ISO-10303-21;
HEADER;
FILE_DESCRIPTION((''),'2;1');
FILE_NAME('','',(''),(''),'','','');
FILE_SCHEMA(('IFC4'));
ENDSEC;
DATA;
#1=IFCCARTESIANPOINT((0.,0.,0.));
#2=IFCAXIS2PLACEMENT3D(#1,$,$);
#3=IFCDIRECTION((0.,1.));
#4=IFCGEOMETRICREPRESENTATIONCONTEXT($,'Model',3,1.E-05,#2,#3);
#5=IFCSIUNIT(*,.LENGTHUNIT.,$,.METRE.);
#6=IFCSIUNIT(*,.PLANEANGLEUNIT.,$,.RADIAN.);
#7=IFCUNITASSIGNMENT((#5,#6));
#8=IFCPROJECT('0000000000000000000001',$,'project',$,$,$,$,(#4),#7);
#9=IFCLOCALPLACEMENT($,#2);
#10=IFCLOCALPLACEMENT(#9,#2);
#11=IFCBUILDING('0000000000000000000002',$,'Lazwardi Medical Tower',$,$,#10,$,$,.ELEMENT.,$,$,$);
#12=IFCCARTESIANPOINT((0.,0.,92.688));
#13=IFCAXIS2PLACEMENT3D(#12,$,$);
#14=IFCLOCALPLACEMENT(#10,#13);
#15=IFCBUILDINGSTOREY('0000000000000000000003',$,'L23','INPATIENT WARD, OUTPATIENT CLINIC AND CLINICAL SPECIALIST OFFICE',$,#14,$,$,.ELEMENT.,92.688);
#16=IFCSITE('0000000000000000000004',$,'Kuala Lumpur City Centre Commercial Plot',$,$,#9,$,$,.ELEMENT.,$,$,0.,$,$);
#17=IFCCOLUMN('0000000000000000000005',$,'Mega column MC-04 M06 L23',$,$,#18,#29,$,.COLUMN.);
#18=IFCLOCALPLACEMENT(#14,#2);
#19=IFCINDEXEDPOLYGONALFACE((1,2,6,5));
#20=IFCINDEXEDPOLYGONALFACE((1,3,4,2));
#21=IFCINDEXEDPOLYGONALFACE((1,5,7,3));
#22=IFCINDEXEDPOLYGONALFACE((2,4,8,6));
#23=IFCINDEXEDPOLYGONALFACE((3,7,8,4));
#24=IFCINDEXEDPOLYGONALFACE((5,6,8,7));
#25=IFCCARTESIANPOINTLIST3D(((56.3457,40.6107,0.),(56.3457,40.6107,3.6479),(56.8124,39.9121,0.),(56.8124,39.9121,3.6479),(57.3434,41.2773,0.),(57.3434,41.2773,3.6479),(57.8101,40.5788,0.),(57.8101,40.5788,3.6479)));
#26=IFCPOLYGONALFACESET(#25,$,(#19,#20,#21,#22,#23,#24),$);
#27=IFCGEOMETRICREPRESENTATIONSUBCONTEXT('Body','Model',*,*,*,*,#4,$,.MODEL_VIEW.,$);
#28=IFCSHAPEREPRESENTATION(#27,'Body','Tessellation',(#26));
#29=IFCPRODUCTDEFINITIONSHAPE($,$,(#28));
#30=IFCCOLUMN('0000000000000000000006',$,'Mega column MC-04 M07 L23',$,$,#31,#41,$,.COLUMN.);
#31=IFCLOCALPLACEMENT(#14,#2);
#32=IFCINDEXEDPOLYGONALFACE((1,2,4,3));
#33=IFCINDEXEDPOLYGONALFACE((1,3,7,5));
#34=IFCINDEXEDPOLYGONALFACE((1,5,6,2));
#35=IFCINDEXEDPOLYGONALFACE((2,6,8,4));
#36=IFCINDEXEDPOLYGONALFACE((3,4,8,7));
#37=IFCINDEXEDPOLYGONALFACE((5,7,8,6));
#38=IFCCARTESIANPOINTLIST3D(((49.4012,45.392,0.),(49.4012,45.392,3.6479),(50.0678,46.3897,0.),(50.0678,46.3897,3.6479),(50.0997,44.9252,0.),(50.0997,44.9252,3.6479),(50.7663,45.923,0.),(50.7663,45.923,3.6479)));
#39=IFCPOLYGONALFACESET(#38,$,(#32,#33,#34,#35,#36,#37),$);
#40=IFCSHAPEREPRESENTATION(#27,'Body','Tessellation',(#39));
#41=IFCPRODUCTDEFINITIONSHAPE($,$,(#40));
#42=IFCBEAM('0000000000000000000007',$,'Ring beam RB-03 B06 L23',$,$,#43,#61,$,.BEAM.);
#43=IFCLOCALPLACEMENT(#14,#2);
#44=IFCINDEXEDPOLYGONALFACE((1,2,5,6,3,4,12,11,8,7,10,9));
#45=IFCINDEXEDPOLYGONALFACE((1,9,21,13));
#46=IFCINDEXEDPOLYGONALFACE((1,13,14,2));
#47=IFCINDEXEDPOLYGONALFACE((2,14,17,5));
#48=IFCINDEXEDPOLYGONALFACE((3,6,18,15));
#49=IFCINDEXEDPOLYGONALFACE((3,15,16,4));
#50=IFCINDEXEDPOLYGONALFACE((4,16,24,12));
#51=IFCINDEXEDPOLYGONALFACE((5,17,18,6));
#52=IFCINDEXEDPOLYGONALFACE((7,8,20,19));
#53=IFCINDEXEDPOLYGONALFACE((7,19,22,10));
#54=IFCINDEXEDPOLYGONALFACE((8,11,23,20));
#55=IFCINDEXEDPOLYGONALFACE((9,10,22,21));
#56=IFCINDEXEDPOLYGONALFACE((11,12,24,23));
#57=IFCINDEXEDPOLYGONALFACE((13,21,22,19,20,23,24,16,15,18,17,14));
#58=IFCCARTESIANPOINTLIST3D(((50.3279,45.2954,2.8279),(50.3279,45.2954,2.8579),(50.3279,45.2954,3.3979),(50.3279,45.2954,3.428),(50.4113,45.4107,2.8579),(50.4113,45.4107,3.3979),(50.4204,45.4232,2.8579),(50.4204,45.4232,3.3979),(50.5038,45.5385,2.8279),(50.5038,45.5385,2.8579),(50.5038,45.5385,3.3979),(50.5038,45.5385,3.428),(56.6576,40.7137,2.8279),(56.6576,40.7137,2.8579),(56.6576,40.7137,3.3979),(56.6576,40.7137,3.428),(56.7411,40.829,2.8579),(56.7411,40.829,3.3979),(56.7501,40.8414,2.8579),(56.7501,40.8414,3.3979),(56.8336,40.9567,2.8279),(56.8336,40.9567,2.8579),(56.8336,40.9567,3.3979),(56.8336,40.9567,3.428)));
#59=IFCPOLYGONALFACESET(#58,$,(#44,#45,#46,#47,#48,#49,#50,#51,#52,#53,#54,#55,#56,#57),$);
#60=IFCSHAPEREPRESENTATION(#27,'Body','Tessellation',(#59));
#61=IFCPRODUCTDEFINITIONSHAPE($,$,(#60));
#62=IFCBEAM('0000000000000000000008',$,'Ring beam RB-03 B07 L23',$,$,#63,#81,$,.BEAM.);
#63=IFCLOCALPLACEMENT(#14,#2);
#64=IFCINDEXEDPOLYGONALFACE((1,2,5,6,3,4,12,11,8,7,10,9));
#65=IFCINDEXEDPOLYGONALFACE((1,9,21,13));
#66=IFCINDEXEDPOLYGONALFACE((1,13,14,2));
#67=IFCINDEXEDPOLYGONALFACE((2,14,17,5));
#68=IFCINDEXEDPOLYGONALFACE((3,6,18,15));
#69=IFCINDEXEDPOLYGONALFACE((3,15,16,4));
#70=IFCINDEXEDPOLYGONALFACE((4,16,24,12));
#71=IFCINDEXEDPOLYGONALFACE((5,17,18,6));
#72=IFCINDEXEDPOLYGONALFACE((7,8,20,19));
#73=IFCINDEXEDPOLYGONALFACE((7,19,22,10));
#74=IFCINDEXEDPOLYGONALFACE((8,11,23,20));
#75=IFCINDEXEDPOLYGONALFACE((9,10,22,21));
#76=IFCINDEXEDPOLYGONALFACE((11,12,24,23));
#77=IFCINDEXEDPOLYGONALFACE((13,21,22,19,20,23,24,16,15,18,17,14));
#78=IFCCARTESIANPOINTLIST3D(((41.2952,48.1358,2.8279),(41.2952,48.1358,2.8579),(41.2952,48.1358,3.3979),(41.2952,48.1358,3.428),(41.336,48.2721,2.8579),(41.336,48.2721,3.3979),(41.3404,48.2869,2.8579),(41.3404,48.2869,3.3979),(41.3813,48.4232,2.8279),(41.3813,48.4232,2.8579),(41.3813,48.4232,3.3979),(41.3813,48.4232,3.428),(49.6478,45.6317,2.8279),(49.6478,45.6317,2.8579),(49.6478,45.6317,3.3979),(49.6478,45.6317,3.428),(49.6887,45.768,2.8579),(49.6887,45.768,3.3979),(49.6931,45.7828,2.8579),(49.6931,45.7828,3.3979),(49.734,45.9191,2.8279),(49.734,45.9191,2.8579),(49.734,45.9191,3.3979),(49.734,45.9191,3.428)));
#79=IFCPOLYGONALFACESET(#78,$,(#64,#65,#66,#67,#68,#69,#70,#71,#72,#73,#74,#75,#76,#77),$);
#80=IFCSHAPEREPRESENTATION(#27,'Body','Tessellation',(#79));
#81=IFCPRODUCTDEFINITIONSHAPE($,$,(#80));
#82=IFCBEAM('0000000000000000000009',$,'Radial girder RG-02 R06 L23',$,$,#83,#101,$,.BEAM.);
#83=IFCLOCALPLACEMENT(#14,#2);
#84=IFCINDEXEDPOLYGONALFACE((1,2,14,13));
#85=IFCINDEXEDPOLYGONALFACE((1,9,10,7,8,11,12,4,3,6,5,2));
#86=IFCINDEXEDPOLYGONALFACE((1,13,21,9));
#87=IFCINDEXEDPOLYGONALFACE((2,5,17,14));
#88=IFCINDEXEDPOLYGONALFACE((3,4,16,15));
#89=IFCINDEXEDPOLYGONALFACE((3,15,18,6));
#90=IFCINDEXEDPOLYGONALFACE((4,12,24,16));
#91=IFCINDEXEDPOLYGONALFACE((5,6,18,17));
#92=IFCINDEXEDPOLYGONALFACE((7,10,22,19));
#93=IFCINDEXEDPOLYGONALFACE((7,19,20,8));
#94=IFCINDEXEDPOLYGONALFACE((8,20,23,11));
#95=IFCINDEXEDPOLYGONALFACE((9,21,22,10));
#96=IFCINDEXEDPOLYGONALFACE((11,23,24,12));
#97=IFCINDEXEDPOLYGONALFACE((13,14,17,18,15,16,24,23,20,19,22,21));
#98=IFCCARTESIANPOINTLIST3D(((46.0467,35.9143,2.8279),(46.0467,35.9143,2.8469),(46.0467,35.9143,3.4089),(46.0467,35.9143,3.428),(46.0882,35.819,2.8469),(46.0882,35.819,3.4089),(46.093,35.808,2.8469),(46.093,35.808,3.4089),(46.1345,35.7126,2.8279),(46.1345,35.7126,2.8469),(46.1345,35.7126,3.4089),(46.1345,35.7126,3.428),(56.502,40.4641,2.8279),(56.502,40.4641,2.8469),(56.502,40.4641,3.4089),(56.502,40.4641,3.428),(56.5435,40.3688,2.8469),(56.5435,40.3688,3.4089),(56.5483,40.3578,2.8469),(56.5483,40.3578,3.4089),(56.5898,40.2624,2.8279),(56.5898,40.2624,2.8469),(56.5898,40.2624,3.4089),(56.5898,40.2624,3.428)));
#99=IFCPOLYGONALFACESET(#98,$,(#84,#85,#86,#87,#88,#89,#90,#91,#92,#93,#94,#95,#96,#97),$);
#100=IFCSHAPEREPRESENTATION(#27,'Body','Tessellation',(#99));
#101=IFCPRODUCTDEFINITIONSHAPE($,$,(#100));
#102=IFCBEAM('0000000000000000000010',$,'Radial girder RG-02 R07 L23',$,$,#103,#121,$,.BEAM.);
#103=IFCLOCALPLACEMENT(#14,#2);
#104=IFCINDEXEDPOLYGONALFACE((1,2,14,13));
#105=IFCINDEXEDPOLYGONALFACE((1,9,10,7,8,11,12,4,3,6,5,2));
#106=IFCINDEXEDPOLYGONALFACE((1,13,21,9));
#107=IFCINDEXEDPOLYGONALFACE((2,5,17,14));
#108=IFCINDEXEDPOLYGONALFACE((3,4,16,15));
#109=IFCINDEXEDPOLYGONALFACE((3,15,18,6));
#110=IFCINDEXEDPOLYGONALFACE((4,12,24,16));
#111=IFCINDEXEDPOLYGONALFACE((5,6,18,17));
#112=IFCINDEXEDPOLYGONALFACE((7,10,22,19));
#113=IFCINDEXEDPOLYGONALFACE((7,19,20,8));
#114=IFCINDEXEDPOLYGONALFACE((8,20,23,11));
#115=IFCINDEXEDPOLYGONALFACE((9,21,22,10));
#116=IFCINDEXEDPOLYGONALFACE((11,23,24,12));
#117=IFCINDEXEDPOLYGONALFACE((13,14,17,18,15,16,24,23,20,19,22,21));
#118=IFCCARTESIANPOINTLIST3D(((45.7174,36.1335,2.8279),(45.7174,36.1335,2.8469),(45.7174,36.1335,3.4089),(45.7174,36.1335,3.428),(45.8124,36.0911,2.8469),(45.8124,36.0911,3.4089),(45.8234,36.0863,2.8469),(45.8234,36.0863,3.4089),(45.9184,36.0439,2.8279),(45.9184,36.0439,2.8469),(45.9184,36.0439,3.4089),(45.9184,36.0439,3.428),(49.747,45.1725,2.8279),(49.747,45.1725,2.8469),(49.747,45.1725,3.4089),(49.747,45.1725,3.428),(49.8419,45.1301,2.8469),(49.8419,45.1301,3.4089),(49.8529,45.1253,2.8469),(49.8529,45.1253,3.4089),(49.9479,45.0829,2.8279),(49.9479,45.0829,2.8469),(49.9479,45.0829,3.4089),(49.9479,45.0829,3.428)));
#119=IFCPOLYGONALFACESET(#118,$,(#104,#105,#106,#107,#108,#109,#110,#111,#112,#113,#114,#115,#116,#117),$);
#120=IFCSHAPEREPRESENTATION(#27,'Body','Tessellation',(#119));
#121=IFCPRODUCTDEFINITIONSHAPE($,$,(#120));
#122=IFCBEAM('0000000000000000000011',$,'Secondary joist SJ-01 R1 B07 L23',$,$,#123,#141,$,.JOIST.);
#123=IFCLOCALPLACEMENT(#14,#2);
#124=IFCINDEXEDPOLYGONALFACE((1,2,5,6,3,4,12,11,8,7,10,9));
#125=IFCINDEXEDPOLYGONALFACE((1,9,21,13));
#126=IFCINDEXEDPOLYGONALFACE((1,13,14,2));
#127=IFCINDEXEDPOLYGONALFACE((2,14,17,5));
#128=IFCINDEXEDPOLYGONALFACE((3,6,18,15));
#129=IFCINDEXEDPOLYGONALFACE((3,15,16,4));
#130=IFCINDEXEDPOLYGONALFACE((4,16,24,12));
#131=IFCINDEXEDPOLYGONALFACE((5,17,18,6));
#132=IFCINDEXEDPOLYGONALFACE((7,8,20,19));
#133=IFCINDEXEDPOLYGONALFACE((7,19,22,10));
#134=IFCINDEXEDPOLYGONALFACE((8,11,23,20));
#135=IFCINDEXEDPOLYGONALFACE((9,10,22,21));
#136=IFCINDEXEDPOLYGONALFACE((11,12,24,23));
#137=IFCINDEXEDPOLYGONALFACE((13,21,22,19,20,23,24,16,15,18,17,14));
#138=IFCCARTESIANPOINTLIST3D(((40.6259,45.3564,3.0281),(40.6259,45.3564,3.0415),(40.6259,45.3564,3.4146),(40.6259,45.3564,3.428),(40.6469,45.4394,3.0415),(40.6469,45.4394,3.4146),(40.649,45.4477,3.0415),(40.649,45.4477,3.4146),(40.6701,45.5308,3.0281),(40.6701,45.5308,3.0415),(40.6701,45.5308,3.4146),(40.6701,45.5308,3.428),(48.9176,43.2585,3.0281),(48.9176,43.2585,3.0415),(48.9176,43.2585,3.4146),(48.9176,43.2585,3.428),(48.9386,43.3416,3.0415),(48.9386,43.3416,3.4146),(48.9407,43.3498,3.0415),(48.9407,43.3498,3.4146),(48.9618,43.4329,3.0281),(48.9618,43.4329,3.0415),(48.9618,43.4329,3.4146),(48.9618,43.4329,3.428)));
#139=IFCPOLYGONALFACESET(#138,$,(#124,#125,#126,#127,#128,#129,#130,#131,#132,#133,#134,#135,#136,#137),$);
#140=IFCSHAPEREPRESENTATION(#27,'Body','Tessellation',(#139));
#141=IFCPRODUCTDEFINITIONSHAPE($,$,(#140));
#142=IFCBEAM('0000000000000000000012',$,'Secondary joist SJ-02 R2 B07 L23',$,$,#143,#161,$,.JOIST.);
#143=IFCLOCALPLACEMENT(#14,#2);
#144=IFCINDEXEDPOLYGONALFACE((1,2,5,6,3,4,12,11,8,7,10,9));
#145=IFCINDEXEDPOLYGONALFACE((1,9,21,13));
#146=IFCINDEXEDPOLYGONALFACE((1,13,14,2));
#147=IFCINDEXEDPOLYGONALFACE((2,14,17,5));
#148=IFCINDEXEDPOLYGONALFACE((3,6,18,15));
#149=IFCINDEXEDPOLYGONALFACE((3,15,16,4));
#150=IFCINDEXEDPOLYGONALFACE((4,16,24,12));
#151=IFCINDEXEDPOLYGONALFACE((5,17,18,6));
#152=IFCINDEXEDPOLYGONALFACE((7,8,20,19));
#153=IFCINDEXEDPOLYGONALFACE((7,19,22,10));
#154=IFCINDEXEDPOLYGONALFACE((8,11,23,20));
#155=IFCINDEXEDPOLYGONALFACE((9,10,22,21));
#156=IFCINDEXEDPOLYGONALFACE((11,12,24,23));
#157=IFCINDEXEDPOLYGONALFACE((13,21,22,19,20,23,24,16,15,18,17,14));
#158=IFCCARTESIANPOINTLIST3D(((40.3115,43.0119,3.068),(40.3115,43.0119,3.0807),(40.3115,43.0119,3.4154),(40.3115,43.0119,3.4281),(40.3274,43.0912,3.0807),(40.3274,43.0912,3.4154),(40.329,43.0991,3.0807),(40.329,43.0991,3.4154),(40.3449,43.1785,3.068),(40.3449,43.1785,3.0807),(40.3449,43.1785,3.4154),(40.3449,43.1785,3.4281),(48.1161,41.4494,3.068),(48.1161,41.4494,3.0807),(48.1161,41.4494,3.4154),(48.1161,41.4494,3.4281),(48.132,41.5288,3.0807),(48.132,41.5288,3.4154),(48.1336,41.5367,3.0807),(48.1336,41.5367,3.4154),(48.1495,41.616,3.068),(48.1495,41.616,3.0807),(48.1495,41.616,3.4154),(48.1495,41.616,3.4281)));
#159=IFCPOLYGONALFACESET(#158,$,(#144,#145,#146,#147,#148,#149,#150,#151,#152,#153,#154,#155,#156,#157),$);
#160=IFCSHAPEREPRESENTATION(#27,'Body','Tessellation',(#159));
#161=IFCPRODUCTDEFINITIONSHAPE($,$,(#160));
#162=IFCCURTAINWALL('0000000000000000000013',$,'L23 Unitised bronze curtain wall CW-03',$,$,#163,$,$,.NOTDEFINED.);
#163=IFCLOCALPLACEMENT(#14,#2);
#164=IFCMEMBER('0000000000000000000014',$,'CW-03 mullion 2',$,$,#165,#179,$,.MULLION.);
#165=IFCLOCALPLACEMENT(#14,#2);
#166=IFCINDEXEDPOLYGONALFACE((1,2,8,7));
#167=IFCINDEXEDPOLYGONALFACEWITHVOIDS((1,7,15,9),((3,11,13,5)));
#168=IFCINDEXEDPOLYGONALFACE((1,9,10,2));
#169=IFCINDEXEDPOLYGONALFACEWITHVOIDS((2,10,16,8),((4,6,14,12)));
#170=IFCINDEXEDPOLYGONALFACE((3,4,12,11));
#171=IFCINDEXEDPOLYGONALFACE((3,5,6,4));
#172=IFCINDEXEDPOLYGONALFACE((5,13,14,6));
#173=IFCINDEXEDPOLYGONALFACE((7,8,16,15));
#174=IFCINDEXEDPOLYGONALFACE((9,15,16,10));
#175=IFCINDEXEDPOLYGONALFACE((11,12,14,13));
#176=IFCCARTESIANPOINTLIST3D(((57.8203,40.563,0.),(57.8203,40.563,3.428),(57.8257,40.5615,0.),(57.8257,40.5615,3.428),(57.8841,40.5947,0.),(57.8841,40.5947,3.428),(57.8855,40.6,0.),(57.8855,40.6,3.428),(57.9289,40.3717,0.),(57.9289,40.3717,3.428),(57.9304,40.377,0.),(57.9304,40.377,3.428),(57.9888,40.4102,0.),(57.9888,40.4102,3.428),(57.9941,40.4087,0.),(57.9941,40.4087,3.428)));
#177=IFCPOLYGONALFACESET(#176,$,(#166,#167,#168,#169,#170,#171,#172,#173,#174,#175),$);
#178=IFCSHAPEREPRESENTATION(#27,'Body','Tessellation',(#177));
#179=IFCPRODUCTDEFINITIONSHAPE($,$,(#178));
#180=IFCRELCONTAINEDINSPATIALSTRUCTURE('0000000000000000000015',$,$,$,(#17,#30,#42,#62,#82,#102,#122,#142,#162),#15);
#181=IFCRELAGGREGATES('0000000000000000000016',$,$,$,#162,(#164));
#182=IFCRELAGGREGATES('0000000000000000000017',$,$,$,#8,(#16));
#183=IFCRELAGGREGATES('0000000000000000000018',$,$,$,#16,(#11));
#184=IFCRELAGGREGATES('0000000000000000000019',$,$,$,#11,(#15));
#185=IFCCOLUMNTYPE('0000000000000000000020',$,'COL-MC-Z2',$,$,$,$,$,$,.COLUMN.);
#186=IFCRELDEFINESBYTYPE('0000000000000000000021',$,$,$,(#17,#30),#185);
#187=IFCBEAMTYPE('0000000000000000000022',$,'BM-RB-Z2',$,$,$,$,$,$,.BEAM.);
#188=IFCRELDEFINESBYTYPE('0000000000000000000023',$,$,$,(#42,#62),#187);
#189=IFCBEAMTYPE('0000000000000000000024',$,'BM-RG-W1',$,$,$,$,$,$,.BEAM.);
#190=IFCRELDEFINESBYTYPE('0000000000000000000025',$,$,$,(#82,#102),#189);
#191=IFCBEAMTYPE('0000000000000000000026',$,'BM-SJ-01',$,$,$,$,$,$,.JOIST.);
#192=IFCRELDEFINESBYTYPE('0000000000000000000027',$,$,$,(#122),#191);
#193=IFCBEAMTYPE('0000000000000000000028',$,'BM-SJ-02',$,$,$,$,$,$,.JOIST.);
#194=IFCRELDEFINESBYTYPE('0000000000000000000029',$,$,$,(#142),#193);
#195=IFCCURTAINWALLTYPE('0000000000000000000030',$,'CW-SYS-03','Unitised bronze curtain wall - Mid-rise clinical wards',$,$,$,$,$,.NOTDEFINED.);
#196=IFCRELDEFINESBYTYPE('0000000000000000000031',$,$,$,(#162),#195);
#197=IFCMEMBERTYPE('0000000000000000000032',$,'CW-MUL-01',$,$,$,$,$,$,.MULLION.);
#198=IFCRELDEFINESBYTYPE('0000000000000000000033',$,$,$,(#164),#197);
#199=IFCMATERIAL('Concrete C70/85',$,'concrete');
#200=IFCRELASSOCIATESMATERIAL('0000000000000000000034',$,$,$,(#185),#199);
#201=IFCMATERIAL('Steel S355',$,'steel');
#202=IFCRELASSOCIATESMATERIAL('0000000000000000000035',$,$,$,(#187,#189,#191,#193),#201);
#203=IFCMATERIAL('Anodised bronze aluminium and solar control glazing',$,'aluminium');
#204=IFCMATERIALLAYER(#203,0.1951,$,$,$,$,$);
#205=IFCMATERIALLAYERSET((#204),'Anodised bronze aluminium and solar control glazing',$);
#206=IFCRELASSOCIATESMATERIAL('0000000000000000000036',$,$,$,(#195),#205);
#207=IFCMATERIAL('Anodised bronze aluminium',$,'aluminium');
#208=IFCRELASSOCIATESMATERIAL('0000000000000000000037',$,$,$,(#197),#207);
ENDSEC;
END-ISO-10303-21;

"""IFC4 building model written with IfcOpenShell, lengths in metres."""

from ifc_helpers import new_model, si_unit, direction, frame, origin, origin_2d, place, context, subcontext, project, spatial, rectangle, hollow_rectangle, i_section, extrude, material, layer, layer_set, material_profile, profile_set, type_object, element, aggregate, save


model = new_model("IFC4")

# Units and contexts
model_context = context("Model", 3, precision=1e-05, world=origin(), true_north=direction((0.0, 1.0)))
body_context = subcontext(model_context, "Body", "Model", "MODEL_VIEW")
ifc_project = project(units=[si_unit("LENGTHUNIT", "METRE"), si_unit("PLANEANGLEUNIT", "RADIAN")], contexts=[model_context])

# Site, building, storey
site_placement = place(None, origin())
site = spatial("IfcSite", under=ifc_project, at=site_placement, Name="Kuala Lumpur City Centre Commercial Plot", CompositionType="ELEMENT", RefElevation=0.0)
building_placement = place(site_placement, origin())
building = spatial("IfcBuilding", under=site, at=building_placement, Name="Lazwardi Medical Tower", CompositionType="ELEMENT")
storey_placement = place(building_placement, frame((0.0, 0.0, 92.688)))
storey = spatial("IfcBuildingStorey", under=building, at=storey_placement, Name="L23", Description="INPATIENT WARD, OUTPATIENT CLINIC AND CLINICAL SPECIALIST OFFICE", CompositionType="ELEMENT", Elevation=92.688)

# Columns
ifc_material_1 = material(Name="Concrete C70/85", Category="concrete")
ifc_material_profile_1 = material_profile(ifc_material_1, rectangle(XDim=1.2, YDim=0.8401, at=origin_2d()), Name="CFT-RECT 1200x840")
ifc_profile_set_1 = profile_set([ifc_material_profile_1], Name="Concrete C70/85")
column_type = type_object("IfcColumnType", Name="COL-MC-Z2", PredefinedType="COLUMN", material=ifc_profile_set_1)
for number, where, z_axis, x_axis, name in (
    (1, (57.0779, 40.5947, 0.0), (0.0, 0.0, 1.0), (0.83147, 0.55557, 0.0), "Mega column MC-04 M06 L23"),
    (2, (50.0837, 45.6575, 0.0), (0.0, 0.0, 1.0), (0.55557, 0.83147, 0.0), "Mega column MC-04 M07 L23"),
):
    element("IfcColumn", number, at=place(storey_placement, frame(where, z_axis=z_axis, x_axis=x_axis)), inside=storey, type_object=column_type, Name=name, PredefinedType="COLUMN", context=body_context, shape_type="SweptSolid", body=[
        extrude(rectangle(XDim=1.2, YDim=0.8401, at=origin_2d()), origin(), (0.0, 0.0, 1.0), 3.6479),
    ])

# Beams
ifc_material_2 = material(Name="Steel S355", Category="steel")
ifc_material_profile_2 = material_profile(ifc_material_2, i_section(OverallWidth=0.3, OverallDepth=0.6001, WebThickness=0.0154, FlangeThickness=0.03, at=origin_2d()), Name="HEB 600")
ifc_profile_set_2 = profile_set([ifc_material_profile_2], Name="Steel S355")
beam_type_1 = type_object("IfcBeamType", Name="BM-RB-Z2", PredefinedType="BEAM", material=ifc_profile_set_2)
beam_1_placement = place(storey_placement, frame((56.7456, 40.8352, 3.1279), z_axis=(-0.810057, 0.586351, 0.0), x_axis=(-0.586351, -0.810057, 0.0)))
element("IfcBeam", 3, at=beam_1_placement, inside=storey, type_object=beam_type_1, Name="Ring beam RB-03 B06 L23", PredefinedType="BEAM", context=body_context, shape_type="SweptSolid", body=[
    extrude(i_section(OverallWidth=0.3, OverallDepth=0.6001, WebThickness=0.0154, FlangeThickness=0.03, at=origin_2d()), origin(), (0.0, 0.0, 1.0), 7.814),
])
beam_2_placement = place(storey_placement, frame((49.6909, 45.7754, 3.1279), z_axis=(-0.957879, 0.287171, 0.0), x_axis=(-0.287171, -0.957879, 0.0)))
element("IfcBeam", 4, at=beam_2_placement, inside=storey, type_object=beam_type_1, Name="Ring beam RB-03 B07 L23", PredefinedType="BEAM", context=body_context, shape_type="SweptSolid", body=[
    extrude(i_section(OverallWidth=0.3, OverallDepth=0.6001, WebThickness=0.0154, FlangeThickness=0.03, at=origin_2d()), origin(), (0.0, 0.0, 1.0), 8.72),
])
ifc_material_profile_3 = material_profile(ifc_material_2, i_section(OverallWidth=0.22, OverallDepth=0.6001, WebThickness=0.012, FlangeThickness=0.019, at=origin_2d()), Name="IPE 600")
ifc_profile_set_3 = profile_set([ifc_material_profile_3], Name="Steel S355")
beam_type_2 = type_object("IfcBeamType", Name="BM-RG-W1", PredefinedType="BEAM", material=ifc_profile_set_3)
beam_3_placement = place(storey_placement, frame((56.5459, 40.3633, 3.1279), z_axis=(-0.916941, -0.399022, 0.0), x_axis=(0.399022, -0.916941, 0.0)))
element("IfcBeam", 5, at=beam_3_placement, inside=storey, type_object=beam_type_2, Name="Radial girder RG-02 R06 L23", PredefinedType="BEAM", context=body_context, shape_type="SweptSolid", body=[
    extrude(i_section(OverallWidth=0.22, OverallDepth=0.6001, WebThickness=0.012, FlangeThickness=0.019, at=origin_2d()), origin(), (0.0, 0.0, 1.0), 11.4023),
])
beam_4_placement = place(storey_placement, frame((49.8474, 45.1277, 3.1279), z_axis=(-0.407166, -0.913354, 0.0), x_axis=(0.913354, -0.407166, 0.0)))
element("IfcBeam", 6, at=beam_4_placement, inside=storey, type_object=beam_type_2, Name="Radial girder RG-02 R07 L23", PredefinedType="BEAM", context=body_context, shape_type="SweptSolid", body=[
    extrude(i_section(OverallWidth=0.22, OverallDepth=0.6001, WebThickness=0.012, FlangeThickness=0.019, at=origin_2d()), origin(), (0.0, 0.0, 1.0), 9.8965),
])
ifc_material_profile_4 = material_profile(ifc_material_2, i_section(OverallWidth=0.1799, OverallDepth=0.3999, WebThickness=0.0085, FlangeThickness=0.0134, at=origin_2d()), Name="IPE 400")
ifc_profile_set_4 = profile_set([ifc_material_profile_4], Name="Steel S355")
beam_type_3 = type_object("IfcBeamType", Name="BM-SJ-01", PredefinedType="JOIST", material=ifc_profile_set_4)
beam_5_placement = place(storey_placement, frame((48.9397, 43.3457, 3.228), z_axis=(-0.969452, 0.245282, 0.0), x_axis=(-0.245282, -0.969452, 0.0)))
element("IfcBeam", 7, at=beam_5_placement, inside=storey, type_object=beam_type_3, Name="Secondary joist SJ-01 R1 B07 L23", PredefinedType="JOIST", context=body_context, shape_type="SweptSolid", body=[
    extrude(i_section(OverallWidth=0.1799, OverallDepth=0.3999, WebThickness=0.0085, FlangeThickness=0.0134, at=origin_2d()), origin(), (0.0, 0.0, 1.0), 8.553),
])
ifc_material_profile_5 = material_profile(ifc_material_2, i_section(OverallWidth=0.1699, OverallDepth=0.3601, WebThickness=0.0081, FlangeThickness=0.0127, at=origin_2d()), Name="IPE 360")
ifc_profile_set_5 = profile_set([ifc_material_profile_5], Name="Steel S355")
beam_type_4 = type_object("IfcBeamType", Name="BM-SJ-02", PredefinedType="JOIST", material=ifc_profile_set_5)
beam_6_placement = place(storey_placement, frame((48.1328, 41.5327, 3.248), z_axis=(-0.980543, 0.196305, 0.0), x_axis=(-0.196305, -0.980543, 0.0)))
element("IfcBeam", 8, at=beam_6_placement, inside=storey, type_object=beam_type_4, Name="Secondary joist SJ-02 R2 B07 L23", PredefinedType="JOIST", context=body_context, shape_type="SweptSolid", body=[
    extrude(i_section(OverallWidth=0.1699, OverallDepth=0.3601, WebThickness=0.0081, FlangeThickness=0.0127, at=origin_2d()), origin(), (0.0, 0.0, 1.0), 7.9595),
])

# Curtain wall, member
ifc_material_3 = material(Name="Anodised bronze aluminium and solar control glazing", Category="aluminium")
ifc_layer_1 = layer(ifc_material_3, 0.1951)
ifc_layer_set_1 = layer_set([ifc_layer_1], Name="Anodised bronze aluminium and solar control glazing")
curtain_wall_type = type_object("IfcCurtainWallType", Name="CW-SYS-03", Description="Unitised bronze curtain wall - Mid-rise clinical wards", PredefinedType="NOTDEFINED", material=ifc_layer_set_1)
curtain_wall_1_placement = place(storey_placement, origin())
curtain_wall_1 = element("IfcCurtainWall", 9, at=curtain_wall_1_placement, inside=storey, type_object=curtain_wall_type, Name="L23 Unitised bronze curtain wall CW-03", PredefinedType="NOTDEFINED")
ifc_material_4 = material(Name="Anodised bronze aluminium", Category="aluminium")
ifc_material_profile_6 = material_profile(ifc_material_4, hollow_rectangle(XDim=0.075, YDim=0.22, WallThickness=0.0039, at=origin_2d()), Name="ALU-MULLION 220x75x4")
ifc_profile_set_6 = profile_set([ifc_material_profile_6], Name="Anodised bronze aluminium")
member_type_1 = type_object("IfcMemberType", Name="CW-MUL-01", PredefinedType="MULLION", material=ifc_profile_set_6)
member_1_placement = place(storey_placement, frame((57.9072, 40.4858, 0.0), z_axis=(0.0, 0.0, 1.0), x_axis=(-0.869687, -0.493603, 0.0)))
member_1 = element("IfcMember", 10, at=member_1_placement, type_object=member_type_1, Name="CW-03 mullion 2", PredefinedType="MULLION", context=body_context, shape_type="SweptSolid", body=[
    extrude(hollow_rectangle(XDim=0.075, YDim=0.22, WallThickness=0.0039, at=origin_2d()), origin(), (0.0, 0.0, 1.0), 3.428),
])
aggregate(curtain_wall_1, [member_1])

save(model, "model.ifc")
